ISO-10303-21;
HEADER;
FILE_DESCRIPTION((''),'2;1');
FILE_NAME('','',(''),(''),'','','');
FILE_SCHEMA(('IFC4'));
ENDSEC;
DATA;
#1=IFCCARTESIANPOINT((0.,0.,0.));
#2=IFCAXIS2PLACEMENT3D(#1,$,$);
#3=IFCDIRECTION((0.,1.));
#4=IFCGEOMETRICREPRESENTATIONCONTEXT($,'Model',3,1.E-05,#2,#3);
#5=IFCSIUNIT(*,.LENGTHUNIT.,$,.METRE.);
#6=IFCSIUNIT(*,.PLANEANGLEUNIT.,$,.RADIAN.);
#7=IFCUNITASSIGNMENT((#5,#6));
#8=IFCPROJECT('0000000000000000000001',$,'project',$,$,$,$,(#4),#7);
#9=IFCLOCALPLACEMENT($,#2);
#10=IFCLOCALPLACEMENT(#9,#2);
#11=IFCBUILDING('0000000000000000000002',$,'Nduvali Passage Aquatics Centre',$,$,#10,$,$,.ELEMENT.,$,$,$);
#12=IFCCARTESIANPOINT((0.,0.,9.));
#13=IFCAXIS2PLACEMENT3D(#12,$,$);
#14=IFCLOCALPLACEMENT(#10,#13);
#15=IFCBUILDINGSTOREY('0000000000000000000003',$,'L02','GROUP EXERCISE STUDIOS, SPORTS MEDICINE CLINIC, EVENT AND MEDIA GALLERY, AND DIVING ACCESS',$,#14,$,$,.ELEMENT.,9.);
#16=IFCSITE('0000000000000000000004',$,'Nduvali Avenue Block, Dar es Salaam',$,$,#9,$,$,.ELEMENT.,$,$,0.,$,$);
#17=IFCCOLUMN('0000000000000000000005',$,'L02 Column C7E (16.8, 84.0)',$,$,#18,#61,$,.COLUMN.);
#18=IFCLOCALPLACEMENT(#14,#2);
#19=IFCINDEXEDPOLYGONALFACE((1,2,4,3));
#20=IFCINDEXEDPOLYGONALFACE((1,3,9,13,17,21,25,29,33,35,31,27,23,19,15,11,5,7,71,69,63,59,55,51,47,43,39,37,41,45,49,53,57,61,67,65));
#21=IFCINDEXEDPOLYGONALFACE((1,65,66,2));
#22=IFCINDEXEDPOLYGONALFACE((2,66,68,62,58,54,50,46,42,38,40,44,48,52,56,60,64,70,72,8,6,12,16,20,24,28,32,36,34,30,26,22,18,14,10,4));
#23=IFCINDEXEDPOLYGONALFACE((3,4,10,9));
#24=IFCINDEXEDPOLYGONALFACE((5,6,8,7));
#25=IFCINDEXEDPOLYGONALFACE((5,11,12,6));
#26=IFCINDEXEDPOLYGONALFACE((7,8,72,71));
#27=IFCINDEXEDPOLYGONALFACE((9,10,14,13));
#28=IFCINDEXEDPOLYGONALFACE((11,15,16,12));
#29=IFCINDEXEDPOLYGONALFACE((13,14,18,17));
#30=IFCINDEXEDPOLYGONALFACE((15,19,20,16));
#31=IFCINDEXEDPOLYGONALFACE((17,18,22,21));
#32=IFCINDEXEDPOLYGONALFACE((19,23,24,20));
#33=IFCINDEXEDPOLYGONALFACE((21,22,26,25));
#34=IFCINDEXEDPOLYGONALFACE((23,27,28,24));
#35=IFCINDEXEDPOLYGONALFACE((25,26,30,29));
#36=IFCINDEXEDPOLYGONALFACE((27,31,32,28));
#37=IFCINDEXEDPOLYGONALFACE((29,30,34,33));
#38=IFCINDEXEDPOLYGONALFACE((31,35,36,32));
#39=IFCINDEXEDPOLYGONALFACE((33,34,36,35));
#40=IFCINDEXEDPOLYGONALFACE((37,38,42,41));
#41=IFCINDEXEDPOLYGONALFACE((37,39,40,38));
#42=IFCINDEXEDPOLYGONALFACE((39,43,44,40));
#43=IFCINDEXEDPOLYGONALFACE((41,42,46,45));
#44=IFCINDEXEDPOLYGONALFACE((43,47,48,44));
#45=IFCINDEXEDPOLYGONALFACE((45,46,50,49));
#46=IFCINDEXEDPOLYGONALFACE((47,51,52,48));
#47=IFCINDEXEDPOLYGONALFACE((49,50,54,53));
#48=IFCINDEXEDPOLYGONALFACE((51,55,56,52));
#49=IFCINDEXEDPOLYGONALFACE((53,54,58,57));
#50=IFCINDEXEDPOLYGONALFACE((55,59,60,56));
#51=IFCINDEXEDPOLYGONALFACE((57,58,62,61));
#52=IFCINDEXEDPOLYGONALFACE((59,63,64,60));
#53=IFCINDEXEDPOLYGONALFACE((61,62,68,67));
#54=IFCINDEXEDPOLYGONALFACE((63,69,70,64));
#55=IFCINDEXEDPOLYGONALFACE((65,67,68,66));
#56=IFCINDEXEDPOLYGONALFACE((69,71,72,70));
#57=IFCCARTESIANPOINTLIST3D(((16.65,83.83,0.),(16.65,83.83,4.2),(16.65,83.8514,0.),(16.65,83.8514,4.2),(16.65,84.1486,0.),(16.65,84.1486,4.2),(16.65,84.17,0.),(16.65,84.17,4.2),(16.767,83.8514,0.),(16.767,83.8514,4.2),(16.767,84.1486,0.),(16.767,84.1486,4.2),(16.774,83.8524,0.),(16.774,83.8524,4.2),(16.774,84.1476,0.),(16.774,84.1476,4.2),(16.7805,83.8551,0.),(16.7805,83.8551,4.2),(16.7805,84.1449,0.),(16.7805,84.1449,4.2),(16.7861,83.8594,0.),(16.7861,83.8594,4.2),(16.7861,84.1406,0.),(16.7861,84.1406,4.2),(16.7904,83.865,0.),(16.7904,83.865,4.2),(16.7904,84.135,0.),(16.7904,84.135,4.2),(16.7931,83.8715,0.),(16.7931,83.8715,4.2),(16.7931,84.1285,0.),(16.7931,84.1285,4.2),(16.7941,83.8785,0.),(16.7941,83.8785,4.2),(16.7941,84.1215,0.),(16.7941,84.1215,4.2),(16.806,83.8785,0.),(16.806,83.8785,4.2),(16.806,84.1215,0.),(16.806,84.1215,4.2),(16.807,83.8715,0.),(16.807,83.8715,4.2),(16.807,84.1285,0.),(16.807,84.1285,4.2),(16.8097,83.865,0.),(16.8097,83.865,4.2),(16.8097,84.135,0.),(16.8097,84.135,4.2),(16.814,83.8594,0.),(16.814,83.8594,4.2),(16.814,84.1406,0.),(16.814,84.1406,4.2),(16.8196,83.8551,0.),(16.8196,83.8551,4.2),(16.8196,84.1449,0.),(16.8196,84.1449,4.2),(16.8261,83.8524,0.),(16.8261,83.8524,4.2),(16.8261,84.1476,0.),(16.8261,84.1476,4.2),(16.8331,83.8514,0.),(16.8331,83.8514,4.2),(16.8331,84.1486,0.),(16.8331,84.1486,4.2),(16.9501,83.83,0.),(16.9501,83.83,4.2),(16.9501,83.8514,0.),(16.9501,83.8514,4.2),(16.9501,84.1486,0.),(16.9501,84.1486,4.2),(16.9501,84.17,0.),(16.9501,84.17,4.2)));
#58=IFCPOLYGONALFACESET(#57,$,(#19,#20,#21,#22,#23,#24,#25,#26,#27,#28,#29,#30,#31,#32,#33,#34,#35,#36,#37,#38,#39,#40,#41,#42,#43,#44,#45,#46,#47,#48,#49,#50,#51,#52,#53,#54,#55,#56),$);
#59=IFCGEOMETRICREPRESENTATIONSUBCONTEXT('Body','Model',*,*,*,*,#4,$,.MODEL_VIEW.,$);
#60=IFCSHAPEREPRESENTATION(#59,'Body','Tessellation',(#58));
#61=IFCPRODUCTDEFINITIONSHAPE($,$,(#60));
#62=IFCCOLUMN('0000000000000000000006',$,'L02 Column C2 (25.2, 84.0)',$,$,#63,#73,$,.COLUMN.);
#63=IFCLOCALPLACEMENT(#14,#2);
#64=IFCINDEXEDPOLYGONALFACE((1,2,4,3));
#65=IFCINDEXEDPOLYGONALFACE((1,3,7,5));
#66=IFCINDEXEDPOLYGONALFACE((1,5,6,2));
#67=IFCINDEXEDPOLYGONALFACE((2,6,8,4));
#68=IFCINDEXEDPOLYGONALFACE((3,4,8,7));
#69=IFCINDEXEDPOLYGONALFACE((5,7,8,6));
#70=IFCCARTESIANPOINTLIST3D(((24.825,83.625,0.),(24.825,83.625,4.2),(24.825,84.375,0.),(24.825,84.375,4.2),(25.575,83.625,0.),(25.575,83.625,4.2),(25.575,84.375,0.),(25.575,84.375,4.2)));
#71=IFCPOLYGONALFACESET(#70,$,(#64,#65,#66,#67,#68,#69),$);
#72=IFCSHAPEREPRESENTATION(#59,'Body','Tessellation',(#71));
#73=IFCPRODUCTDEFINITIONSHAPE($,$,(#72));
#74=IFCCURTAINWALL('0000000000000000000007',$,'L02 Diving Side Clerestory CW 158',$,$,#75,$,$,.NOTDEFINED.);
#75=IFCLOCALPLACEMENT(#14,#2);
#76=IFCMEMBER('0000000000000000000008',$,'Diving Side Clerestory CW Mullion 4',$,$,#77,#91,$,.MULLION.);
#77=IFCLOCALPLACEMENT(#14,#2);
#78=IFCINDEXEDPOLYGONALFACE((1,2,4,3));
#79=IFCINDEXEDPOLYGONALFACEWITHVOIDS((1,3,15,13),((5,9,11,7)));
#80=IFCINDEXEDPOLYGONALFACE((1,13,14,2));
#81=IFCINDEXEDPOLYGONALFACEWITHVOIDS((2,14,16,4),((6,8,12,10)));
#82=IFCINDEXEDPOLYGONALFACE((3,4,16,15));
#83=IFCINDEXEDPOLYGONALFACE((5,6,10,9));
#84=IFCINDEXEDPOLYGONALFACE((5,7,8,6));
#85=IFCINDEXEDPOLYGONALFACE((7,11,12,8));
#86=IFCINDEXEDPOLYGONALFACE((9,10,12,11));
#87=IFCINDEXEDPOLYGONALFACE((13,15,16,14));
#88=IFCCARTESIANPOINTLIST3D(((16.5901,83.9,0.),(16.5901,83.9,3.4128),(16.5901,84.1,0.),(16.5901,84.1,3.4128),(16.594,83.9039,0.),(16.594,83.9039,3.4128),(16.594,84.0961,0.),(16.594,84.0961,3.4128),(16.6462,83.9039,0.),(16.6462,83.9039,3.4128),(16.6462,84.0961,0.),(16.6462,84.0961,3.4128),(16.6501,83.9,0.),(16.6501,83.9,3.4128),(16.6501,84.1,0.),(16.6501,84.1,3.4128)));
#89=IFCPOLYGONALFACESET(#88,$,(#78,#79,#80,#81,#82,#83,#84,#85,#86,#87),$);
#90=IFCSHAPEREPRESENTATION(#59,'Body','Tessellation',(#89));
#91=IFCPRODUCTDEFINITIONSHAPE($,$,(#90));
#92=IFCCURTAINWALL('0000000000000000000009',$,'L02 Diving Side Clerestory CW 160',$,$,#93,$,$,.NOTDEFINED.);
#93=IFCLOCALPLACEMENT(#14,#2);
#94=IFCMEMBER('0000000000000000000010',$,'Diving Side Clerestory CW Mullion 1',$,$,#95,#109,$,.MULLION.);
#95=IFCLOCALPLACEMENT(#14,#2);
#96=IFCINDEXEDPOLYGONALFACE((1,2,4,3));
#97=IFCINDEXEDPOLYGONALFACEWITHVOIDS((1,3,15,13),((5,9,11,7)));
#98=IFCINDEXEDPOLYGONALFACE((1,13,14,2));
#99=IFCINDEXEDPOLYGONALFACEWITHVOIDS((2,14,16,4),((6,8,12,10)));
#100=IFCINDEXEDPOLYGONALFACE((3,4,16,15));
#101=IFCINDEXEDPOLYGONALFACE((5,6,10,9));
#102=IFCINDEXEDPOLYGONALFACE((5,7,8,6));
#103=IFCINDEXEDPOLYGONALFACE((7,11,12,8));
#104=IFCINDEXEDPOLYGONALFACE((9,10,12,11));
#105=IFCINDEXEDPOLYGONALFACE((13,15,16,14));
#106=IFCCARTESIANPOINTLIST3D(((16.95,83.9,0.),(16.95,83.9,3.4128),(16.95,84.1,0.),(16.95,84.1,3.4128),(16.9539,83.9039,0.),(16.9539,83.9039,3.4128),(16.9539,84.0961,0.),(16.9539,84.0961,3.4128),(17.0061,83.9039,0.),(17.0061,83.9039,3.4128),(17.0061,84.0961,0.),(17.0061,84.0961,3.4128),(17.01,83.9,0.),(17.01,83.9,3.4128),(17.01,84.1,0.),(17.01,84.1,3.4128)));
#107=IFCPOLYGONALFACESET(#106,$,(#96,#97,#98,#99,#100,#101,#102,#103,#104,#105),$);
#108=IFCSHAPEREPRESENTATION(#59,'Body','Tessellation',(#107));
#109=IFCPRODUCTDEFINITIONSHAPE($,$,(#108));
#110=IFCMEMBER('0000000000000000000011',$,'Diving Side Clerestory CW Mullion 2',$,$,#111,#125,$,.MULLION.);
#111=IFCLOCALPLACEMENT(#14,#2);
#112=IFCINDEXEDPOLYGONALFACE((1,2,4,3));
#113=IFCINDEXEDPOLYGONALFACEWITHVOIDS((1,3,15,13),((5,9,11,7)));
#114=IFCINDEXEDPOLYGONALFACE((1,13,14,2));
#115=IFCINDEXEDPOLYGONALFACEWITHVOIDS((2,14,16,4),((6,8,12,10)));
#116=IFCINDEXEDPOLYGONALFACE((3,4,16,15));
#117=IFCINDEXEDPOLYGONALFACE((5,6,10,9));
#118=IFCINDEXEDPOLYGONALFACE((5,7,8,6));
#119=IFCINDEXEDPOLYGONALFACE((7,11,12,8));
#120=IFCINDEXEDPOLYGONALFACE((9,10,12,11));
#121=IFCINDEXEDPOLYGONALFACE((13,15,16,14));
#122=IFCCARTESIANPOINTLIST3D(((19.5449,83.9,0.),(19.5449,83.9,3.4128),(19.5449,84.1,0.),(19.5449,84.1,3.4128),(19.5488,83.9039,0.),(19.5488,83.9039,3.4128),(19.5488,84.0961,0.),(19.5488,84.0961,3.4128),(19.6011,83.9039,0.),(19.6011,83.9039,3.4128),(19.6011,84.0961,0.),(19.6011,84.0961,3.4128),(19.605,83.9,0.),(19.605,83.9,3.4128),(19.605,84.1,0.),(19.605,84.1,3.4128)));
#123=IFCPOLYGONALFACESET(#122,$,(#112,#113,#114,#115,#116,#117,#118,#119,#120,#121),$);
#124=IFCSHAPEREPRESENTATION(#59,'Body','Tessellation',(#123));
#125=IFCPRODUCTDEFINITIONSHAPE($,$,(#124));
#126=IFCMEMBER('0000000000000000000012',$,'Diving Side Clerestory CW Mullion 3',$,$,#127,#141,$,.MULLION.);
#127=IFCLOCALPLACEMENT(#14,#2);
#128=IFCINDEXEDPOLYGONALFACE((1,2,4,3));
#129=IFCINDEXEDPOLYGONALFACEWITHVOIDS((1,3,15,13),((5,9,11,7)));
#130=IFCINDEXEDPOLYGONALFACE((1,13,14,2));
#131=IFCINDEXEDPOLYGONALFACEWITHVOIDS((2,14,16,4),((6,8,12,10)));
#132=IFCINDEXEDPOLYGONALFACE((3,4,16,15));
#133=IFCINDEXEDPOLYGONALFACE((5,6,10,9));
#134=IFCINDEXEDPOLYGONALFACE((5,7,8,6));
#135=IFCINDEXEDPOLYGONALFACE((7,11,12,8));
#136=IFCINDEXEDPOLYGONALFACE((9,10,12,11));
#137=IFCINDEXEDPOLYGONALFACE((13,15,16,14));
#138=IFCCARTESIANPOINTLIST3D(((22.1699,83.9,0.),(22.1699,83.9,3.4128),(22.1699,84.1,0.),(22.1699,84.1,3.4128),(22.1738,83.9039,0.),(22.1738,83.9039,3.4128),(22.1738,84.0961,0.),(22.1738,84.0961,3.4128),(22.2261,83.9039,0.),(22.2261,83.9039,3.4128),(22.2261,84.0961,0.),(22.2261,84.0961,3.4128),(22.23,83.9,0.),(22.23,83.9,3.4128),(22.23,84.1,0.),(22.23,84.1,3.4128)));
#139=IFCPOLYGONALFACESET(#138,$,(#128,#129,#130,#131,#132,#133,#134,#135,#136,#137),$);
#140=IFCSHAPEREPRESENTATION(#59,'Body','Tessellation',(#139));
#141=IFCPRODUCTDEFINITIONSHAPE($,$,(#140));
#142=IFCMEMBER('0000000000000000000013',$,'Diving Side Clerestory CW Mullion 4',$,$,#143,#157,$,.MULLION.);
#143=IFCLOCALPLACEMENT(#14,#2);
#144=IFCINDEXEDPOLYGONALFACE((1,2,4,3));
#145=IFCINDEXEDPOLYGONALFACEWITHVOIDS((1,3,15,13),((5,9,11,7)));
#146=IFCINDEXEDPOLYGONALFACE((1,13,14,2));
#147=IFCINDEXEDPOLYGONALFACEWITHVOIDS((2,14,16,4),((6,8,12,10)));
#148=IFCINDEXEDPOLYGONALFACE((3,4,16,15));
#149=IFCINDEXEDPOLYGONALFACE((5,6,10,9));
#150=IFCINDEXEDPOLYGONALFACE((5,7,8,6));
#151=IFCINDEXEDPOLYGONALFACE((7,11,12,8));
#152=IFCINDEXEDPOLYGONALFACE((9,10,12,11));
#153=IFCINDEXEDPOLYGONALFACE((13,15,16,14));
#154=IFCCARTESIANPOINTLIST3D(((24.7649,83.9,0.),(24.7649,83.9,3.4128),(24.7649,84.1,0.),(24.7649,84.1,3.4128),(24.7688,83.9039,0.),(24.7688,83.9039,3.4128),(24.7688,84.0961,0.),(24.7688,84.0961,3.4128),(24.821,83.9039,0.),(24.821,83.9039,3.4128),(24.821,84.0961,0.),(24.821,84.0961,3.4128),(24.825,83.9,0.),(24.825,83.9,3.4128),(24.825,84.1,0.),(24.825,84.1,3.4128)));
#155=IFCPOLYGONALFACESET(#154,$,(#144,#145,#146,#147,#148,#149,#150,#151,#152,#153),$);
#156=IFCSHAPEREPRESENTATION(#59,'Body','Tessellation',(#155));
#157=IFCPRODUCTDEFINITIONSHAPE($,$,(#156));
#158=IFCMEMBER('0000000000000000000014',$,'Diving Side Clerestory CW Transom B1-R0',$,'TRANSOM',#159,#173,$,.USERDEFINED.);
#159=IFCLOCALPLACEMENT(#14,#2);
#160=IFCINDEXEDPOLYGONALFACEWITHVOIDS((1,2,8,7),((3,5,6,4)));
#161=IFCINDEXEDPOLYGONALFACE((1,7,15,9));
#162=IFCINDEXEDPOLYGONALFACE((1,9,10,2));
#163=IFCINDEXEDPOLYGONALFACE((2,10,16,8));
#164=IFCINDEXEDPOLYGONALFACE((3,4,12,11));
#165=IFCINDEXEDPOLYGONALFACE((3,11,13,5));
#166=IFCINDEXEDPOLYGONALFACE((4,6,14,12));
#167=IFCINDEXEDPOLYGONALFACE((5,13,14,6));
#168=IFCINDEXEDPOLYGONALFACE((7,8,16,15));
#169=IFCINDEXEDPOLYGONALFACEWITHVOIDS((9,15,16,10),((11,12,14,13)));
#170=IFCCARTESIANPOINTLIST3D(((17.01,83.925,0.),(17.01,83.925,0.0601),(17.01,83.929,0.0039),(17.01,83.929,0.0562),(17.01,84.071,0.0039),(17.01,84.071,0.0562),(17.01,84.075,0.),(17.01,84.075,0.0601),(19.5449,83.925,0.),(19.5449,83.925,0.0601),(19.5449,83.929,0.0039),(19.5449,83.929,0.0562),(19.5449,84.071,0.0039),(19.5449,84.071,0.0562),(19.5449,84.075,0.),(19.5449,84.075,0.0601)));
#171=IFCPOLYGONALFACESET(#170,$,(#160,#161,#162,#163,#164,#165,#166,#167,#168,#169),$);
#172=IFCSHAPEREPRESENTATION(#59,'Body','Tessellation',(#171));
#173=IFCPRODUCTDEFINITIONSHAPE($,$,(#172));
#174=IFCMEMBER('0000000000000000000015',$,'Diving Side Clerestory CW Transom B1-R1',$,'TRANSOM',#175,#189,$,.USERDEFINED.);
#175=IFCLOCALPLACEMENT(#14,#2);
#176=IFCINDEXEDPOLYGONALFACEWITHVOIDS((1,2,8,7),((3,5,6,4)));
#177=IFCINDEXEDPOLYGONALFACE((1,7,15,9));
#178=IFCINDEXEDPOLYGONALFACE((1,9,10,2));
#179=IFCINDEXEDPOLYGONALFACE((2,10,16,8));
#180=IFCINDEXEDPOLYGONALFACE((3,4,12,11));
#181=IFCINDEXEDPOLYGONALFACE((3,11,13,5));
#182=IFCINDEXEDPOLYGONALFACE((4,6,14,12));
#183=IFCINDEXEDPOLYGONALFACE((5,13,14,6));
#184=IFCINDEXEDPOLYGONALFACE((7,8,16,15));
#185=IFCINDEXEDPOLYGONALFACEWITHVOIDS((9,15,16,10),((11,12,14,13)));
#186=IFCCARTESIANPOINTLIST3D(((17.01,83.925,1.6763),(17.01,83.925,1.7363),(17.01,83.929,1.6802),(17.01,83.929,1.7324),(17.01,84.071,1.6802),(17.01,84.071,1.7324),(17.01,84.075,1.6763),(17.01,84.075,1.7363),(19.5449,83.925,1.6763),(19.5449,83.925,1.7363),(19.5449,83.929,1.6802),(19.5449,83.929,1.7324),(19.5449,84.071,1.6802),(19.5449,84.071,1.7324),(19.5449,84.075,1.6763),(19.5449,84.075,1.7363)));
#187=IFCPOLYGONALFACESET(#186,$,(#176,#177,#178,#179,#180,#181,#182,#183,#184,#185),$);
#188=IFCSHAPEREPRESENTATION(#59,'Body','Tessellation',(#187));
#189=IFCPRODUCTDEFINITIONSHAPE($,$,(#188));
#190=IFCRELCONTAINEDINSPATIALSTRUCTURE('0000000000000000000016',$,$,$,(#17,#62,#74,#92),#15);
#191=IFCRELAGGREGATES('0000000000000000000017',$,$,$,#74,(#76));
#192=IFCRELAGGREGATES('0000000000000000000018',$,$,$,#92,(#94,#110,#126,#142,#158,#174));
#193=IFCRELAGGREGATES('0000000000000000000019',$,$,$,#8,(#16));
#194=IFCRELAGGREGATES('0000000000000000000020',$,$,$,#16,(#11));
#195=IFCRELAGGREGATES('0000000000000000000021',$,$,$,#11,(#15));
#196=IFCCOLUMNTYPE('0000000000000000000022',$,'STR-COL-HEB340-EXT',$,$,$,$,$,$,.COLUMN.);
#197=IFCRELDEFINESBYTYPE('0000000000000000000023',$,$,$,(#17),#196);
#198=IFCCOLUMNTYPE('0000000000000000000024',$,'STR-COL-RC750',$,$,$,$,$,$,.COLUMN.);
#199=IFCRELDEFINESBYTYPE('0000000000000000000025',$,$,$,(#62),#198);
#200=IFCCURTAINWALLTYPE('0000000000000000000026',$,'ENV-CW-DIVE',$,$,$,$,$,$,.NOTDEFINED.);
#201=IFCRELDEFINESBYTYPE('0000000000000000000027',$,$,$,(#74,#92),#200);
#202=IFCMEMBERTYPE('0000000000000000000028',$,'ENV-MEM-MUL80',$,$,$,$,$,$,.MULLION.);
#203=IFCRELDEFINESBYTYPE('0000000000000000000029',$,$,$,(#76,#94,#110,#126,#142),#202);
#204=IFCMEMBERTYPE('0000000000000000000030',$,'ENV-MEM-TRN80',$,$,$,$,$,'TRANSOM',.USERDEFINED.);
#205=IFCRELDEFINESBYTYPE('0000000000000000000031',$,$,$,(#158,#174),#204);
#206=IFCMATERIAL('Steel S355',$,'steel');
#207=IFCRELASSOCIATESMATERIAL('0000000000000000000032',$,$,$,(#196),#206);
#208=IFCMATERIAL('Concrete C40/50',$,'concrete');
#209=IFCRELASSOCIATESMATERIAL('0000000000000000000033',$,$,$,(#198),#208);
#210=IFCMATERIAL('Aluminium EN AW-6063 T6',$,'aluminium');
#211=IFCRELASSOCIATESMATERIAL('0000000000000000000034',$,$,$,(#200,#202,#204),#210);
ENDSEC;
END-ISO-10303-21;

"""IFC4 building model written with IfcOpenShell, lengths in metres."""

from ifc_helpers import new_model, si_unit, direction, frame, origin, origin_2d, place, context, subcontext, project, spatial, rectangle, hollow_rectangle, i_section, extrude, material, material_profile, profile_set, type_object, element, aggregate, save


model = new_model("IFC4")

# Units and contexts
model_context = context("Model", 3, precision=1e-05, world=origin(), true_north=direction((0.0, 1.0)))
body_context = subcontext(model_context, "Body", "Model", "MODEL_VIEW")
ifc_project = project(units=[si_unit("LENGTHUNIT", "METRE"), si_unit("PLANEANGLEUNIT", "RADIAN")], contexts=[model_context])

# Site, building, storey
site_placement = place(None, origin())
site = spatial("IfcSite", under=ifc_project, at=site_placement, Name="Nduvali Avenue Block, Dar es Salaam", CompositionType="ELEMENT", RefElevation=0.0)
building_placement = place(site_placement, origin())
building = spatial("IfcBuilding", under=site, at=building_placement, Name="Nduvali Passage Aquatics Centre", CompositionType="ELEMENT")
storey_placement = place(building_placement, frame((0.0, 0.0, 9.0)))
storey = spatial("IfcBuildingStorey", under=building, at=storey_placement, Name="L02", Description="GROUP EXERCISE STUDIOS, SPORTS MEDICINE CLINIC, EVENT AND MEDIA GALLERY, AND DIVING ACCESS", CompositionType="ELEMENT", Elevation=9.0)

# Columns
ifc_material_1 = material(Name="Steel S355", Category="steel")
ifc_material_profile_1 = material_profile(ifc_material_1, i_section(OverallWidth=0.3, OverallDepth=0.3401, WebThickness=0.012, FlangeThickness=0.0215, FilletRadius=0.0271, at=origin_2d()), Name="HEB 340")
ifc_profile_set_1 = profile_set([ifc_material_profile_1], Name="Steel S355")
column_type_1 = type_object("IfcColumnType", Name="STR-COL-HEB340-EXT", PredefinedType="COLUMN", material=ifc_profile_set_1)
column_1_placement = place(storey_placement, frame((16.8, 84.0, 0.0), z_axis=(0.0, 0.0, 1.0), x_axis=(1.0, 0.0, 0.0)))
element("IfcColumn", 1, at=column_1_placement, inside=storey, type_object=column_type_1, Name="L02 Column C7E (16.8, 84.0)", PredefinedType="COLUMN", context=body_context, shape_type="SweptSolid", body=[
    extrude(i_section(OverallWidth=0.3, OverallDepth=0.3401, WebThickness=0.012, FlangeThickness=0.0215, FilletRadius=0.0271, at=origin_2d()), origin(), (0.0, 0.0, 1.0), 4.2),
])
ifc_material_2 = material(Name="Concrete C40/50", Category="concrete")
ifc_material_profile_2 = material_profile(ifc_material_2, rectangle(XDim=0.75, YDim=0.75, at=origin_2d()), Name="RC 750x750")
ifc_profile_set_2 = profile_set([ifc_material_profile_2], Name="Concrete C40/50")
column_type_2 = type_object("IfcColumnType", Name="STR-COL-RC750", PredefinedType="COLUMN", material=ifc_profile_set_2)
column_2_placement = place(storey_placement, frame((25.2, 84.0, 0.0), z_axis=(0.0, 0.0, 1.0), x_axis=(1.0, 0.0, 0.0)))
element("IfcColumn", 2, at=column_2_placement, inside=storey, type_object=column_type_2, Name="L02 Column C2 (25.2, 84.0)", PredefinedType="COLUMN", context=body_context, shape_type="SweptSolid", body=[
    extrude(rectangle(XDim=0.75, YDim=0.75, at=origin_2d()), origin(), (0.0, 0.0, 1.0), 4.2),
])

# Curtain wall, member
ifc_material_3 = material(Name="Aluminium EN AW-6063 T6", Category="aluminium")
curtain_wall_type = type_object("IfcCurtainWallType", Name="ENV-CW-DIVE", PredefinedType="NOTDEFINED", material=ifc_material_3)
curtain_wall_1_placement = place(storey_placement, origin())
curtain_wall_1 = element("IfcCurtainWall", 3, at=curtain_wall_1_placement, inside=storey, type_object=curtain_wall_type, Name="L02 Diving Side Clerestory CW 158", PredefinedType="NOTDEFINED")
ifc_material_profile_3 = material_profile(ifc_material_3, hollow_rectangle(XDim=0.0601, YDim=0.2, WallThickness=0.0039, at=origin_2d()), Name="ALU MULLION 60x200x4")
ifc_profile_set_3 = profile_set([ifc_material_profile_3], Name="Aluminium EN AW-6063 T6")
member_type_1 = type_object("IfcMemberType", Name="ENV-MEM-MUL80", PredefinedType="MULLION", material=ifc_profile_set_3)
member_1_placement = place(storey_placement, frame((16.6201, 84.0, 0.0), z_axis=(0.0, 0.0, 1.0), x_axis=(1.0, 0.0, 0.0)))
member_1 = element("IfcMember", 4, at=member_1_placement, type_object=member_type_1, Name="Diving Side Clerestory CW Mullion 4", PredefinedType="MULLION", context=body_context, shape_type="SweptSolid", body=[
    extrude(hollow_rectangle(XDim=0.0601, YDim=0.2, WallThickness=0.0039, at=origin_2d()), origin(), (0.0, 0.0, 1.0), 3.4128),
])

# Curtain wall, members
curtain_wall_2_placement = place(storey_placement, origin())
curtain_wall_2 = element("IfcCurtainWall", 5, at=curtain_wall_2_placement, inside=storey, type_object=curtain_wall_type, Name="L02 Diving Side Clerestory CW 160", PredefinedType="NOTDEFINED")
member_2_placement = place(storey_placement, frame((16.98, 84.0, 0.0), z_axis=(0.0, 0.0, 1.0), x_axis=(1.0, 0.0, 0.0)))
member_2 = element("IfcMember", 6, at=member_2_placement, type_object=member_type_1, Name="Diving Side Clerestory CW Mullion 1", PredefinedType="MULLION", context=body_context, shape_type="SweptSolid", body=[
    extrude(hollow_rectangle(XDim=0.0601, YDim=0.2, WallThickness=0.0039, at=origin_2d()), origin(), (0.0, 0.0, 1.0), 3.4128),
])
member_3_placement = place(storey_placement, frame((19.575, 84.0, 0.0), z_axis=(0.0, 0.0, 1.0), x_axis=(1.0, 0.0, 0.0)))
member_3 = element("IfcMember", 7, at=member_3_placement, type_object=member_type_1, Name="Diving Side Clerestory CW Mullion 2", PredefinedType="MULLION", context=body_context, shape_type="SweptSolid", body=[
    extrude(hollow_rectangle(XDim=0.0601, YDim=0.2, WallThickness=0.0039, at=origin_2d()), origin(), (0.0, 0.0, 1.0), 3.4128),
])
member_4_placement = place(storey_placement, frame((22.2, 84.0, 0.0), z_axis=(0.0, 0.0, 1.0), x_axis=(1.0, 0.0, 0.0)))
member_4 = element("IfcMember", 8, at=member_4_placement, type_object=member_type_1, Name="Diving Side Clerestory CW Mullion 3", PredefinedType="MULLION", context=body_context, shape_type="SweptSolid", body=[
    extrude(hollow_rectangle(XDim=0.0601, YDim=0.2, WallThickness=0.0039, at=origin_2d()), origin(), (0.0, 0.0, 1.0), 3.4128),
])
member_5_placement = place(storey_placement, frame((24.7949, 84.0, 0.0), z_axis=(0.0, 0.0, 1.0), x_axis=(1.0, 0.0, 0.0)))
member_5 = element("IfcMember", 9, at=member_5_placement, type_object=member_type_1, Name="Diving Side Clerestory CW Mullion 4", PredefinedType="MULLION", context=body_context, shape_type="SweptSolid", body=[
    extrude(hollow_rectangle(XDim=0.0601, YDim=0.2, WallThickness=0.0039, at=origin_2d()), origin(), (0.0, 0.0, 1.0), 3.4128),
])
ifc_material_profile_4 = material_profile(ifc_material_3, hollow_rectangle(XDim=0.1499, YDim=0.0601, WallThickness=0.0039, at=origin_2d()), Name="ALU TRANSOM 150x60x4")
ifc_profile_set_4 = profile_set([ifc_material_profile_4], Name="Aluminium EN AW-6063 T6")
member_type_2 = type_object("IfcMemberType", Name="ENV-MEM-TRN80", ElementType="TRANSOM", PredefinedType="USERDEFINED", material=ifc_profile_set_4)
member_6_placement = place(storey_placement, frame((17.01, 84.0, 0.03), z_axis=(1.0, 0.0, 0.0), x_axis=(0.0, 1.0, 0.0)))
member_6 = element("IfcMember", 10, at=member_6_placement, type_object=member_type_2, Name="Diving Side Clerestory CW Transom B1-R0", ObjectType="TRANSOM", PredefinedType="USERDEFINED", context=body_context, shape_type="SweptSolid", body=[
    extrude(hollow_rectangle(XDim=0.1499, YDim=0.0601, WallThickness=0.0039, at=origin_2d()), origin(), (0.0, 0.0, 1.0), 2.5349),
])
member_7_placement = place(storey_placement, frame((17.01, 84.0, 1.7063), z_axis=(1.0, 0.0, 0.0), x_axis=(0.0, 1.0, 0.0)))
member_7 = element("IfcMember", 11, at=member_7_placement, type_object=member_type_2, Name="Diving Side Clerestory CW Transom B1-R1", ObjectType="TRANSOM", PredefinedType="USERDEFINED", context=body_context, shape_type="SweptSolid", body=[
    extrude(hollow_rectangle(XDim=0.1499, YDim=0.0601, WallThickness=0.0039, at=origin_2d()), origin(), (0.0, 0.0, 1.0), 2.5349),
])

aggregate(curtain_wall_1, [member_1])
aggregate(curtain_wall_2, [member_2, member_3, member_4, member_5, member_6, member_7])

save(model, "model.ifc")
